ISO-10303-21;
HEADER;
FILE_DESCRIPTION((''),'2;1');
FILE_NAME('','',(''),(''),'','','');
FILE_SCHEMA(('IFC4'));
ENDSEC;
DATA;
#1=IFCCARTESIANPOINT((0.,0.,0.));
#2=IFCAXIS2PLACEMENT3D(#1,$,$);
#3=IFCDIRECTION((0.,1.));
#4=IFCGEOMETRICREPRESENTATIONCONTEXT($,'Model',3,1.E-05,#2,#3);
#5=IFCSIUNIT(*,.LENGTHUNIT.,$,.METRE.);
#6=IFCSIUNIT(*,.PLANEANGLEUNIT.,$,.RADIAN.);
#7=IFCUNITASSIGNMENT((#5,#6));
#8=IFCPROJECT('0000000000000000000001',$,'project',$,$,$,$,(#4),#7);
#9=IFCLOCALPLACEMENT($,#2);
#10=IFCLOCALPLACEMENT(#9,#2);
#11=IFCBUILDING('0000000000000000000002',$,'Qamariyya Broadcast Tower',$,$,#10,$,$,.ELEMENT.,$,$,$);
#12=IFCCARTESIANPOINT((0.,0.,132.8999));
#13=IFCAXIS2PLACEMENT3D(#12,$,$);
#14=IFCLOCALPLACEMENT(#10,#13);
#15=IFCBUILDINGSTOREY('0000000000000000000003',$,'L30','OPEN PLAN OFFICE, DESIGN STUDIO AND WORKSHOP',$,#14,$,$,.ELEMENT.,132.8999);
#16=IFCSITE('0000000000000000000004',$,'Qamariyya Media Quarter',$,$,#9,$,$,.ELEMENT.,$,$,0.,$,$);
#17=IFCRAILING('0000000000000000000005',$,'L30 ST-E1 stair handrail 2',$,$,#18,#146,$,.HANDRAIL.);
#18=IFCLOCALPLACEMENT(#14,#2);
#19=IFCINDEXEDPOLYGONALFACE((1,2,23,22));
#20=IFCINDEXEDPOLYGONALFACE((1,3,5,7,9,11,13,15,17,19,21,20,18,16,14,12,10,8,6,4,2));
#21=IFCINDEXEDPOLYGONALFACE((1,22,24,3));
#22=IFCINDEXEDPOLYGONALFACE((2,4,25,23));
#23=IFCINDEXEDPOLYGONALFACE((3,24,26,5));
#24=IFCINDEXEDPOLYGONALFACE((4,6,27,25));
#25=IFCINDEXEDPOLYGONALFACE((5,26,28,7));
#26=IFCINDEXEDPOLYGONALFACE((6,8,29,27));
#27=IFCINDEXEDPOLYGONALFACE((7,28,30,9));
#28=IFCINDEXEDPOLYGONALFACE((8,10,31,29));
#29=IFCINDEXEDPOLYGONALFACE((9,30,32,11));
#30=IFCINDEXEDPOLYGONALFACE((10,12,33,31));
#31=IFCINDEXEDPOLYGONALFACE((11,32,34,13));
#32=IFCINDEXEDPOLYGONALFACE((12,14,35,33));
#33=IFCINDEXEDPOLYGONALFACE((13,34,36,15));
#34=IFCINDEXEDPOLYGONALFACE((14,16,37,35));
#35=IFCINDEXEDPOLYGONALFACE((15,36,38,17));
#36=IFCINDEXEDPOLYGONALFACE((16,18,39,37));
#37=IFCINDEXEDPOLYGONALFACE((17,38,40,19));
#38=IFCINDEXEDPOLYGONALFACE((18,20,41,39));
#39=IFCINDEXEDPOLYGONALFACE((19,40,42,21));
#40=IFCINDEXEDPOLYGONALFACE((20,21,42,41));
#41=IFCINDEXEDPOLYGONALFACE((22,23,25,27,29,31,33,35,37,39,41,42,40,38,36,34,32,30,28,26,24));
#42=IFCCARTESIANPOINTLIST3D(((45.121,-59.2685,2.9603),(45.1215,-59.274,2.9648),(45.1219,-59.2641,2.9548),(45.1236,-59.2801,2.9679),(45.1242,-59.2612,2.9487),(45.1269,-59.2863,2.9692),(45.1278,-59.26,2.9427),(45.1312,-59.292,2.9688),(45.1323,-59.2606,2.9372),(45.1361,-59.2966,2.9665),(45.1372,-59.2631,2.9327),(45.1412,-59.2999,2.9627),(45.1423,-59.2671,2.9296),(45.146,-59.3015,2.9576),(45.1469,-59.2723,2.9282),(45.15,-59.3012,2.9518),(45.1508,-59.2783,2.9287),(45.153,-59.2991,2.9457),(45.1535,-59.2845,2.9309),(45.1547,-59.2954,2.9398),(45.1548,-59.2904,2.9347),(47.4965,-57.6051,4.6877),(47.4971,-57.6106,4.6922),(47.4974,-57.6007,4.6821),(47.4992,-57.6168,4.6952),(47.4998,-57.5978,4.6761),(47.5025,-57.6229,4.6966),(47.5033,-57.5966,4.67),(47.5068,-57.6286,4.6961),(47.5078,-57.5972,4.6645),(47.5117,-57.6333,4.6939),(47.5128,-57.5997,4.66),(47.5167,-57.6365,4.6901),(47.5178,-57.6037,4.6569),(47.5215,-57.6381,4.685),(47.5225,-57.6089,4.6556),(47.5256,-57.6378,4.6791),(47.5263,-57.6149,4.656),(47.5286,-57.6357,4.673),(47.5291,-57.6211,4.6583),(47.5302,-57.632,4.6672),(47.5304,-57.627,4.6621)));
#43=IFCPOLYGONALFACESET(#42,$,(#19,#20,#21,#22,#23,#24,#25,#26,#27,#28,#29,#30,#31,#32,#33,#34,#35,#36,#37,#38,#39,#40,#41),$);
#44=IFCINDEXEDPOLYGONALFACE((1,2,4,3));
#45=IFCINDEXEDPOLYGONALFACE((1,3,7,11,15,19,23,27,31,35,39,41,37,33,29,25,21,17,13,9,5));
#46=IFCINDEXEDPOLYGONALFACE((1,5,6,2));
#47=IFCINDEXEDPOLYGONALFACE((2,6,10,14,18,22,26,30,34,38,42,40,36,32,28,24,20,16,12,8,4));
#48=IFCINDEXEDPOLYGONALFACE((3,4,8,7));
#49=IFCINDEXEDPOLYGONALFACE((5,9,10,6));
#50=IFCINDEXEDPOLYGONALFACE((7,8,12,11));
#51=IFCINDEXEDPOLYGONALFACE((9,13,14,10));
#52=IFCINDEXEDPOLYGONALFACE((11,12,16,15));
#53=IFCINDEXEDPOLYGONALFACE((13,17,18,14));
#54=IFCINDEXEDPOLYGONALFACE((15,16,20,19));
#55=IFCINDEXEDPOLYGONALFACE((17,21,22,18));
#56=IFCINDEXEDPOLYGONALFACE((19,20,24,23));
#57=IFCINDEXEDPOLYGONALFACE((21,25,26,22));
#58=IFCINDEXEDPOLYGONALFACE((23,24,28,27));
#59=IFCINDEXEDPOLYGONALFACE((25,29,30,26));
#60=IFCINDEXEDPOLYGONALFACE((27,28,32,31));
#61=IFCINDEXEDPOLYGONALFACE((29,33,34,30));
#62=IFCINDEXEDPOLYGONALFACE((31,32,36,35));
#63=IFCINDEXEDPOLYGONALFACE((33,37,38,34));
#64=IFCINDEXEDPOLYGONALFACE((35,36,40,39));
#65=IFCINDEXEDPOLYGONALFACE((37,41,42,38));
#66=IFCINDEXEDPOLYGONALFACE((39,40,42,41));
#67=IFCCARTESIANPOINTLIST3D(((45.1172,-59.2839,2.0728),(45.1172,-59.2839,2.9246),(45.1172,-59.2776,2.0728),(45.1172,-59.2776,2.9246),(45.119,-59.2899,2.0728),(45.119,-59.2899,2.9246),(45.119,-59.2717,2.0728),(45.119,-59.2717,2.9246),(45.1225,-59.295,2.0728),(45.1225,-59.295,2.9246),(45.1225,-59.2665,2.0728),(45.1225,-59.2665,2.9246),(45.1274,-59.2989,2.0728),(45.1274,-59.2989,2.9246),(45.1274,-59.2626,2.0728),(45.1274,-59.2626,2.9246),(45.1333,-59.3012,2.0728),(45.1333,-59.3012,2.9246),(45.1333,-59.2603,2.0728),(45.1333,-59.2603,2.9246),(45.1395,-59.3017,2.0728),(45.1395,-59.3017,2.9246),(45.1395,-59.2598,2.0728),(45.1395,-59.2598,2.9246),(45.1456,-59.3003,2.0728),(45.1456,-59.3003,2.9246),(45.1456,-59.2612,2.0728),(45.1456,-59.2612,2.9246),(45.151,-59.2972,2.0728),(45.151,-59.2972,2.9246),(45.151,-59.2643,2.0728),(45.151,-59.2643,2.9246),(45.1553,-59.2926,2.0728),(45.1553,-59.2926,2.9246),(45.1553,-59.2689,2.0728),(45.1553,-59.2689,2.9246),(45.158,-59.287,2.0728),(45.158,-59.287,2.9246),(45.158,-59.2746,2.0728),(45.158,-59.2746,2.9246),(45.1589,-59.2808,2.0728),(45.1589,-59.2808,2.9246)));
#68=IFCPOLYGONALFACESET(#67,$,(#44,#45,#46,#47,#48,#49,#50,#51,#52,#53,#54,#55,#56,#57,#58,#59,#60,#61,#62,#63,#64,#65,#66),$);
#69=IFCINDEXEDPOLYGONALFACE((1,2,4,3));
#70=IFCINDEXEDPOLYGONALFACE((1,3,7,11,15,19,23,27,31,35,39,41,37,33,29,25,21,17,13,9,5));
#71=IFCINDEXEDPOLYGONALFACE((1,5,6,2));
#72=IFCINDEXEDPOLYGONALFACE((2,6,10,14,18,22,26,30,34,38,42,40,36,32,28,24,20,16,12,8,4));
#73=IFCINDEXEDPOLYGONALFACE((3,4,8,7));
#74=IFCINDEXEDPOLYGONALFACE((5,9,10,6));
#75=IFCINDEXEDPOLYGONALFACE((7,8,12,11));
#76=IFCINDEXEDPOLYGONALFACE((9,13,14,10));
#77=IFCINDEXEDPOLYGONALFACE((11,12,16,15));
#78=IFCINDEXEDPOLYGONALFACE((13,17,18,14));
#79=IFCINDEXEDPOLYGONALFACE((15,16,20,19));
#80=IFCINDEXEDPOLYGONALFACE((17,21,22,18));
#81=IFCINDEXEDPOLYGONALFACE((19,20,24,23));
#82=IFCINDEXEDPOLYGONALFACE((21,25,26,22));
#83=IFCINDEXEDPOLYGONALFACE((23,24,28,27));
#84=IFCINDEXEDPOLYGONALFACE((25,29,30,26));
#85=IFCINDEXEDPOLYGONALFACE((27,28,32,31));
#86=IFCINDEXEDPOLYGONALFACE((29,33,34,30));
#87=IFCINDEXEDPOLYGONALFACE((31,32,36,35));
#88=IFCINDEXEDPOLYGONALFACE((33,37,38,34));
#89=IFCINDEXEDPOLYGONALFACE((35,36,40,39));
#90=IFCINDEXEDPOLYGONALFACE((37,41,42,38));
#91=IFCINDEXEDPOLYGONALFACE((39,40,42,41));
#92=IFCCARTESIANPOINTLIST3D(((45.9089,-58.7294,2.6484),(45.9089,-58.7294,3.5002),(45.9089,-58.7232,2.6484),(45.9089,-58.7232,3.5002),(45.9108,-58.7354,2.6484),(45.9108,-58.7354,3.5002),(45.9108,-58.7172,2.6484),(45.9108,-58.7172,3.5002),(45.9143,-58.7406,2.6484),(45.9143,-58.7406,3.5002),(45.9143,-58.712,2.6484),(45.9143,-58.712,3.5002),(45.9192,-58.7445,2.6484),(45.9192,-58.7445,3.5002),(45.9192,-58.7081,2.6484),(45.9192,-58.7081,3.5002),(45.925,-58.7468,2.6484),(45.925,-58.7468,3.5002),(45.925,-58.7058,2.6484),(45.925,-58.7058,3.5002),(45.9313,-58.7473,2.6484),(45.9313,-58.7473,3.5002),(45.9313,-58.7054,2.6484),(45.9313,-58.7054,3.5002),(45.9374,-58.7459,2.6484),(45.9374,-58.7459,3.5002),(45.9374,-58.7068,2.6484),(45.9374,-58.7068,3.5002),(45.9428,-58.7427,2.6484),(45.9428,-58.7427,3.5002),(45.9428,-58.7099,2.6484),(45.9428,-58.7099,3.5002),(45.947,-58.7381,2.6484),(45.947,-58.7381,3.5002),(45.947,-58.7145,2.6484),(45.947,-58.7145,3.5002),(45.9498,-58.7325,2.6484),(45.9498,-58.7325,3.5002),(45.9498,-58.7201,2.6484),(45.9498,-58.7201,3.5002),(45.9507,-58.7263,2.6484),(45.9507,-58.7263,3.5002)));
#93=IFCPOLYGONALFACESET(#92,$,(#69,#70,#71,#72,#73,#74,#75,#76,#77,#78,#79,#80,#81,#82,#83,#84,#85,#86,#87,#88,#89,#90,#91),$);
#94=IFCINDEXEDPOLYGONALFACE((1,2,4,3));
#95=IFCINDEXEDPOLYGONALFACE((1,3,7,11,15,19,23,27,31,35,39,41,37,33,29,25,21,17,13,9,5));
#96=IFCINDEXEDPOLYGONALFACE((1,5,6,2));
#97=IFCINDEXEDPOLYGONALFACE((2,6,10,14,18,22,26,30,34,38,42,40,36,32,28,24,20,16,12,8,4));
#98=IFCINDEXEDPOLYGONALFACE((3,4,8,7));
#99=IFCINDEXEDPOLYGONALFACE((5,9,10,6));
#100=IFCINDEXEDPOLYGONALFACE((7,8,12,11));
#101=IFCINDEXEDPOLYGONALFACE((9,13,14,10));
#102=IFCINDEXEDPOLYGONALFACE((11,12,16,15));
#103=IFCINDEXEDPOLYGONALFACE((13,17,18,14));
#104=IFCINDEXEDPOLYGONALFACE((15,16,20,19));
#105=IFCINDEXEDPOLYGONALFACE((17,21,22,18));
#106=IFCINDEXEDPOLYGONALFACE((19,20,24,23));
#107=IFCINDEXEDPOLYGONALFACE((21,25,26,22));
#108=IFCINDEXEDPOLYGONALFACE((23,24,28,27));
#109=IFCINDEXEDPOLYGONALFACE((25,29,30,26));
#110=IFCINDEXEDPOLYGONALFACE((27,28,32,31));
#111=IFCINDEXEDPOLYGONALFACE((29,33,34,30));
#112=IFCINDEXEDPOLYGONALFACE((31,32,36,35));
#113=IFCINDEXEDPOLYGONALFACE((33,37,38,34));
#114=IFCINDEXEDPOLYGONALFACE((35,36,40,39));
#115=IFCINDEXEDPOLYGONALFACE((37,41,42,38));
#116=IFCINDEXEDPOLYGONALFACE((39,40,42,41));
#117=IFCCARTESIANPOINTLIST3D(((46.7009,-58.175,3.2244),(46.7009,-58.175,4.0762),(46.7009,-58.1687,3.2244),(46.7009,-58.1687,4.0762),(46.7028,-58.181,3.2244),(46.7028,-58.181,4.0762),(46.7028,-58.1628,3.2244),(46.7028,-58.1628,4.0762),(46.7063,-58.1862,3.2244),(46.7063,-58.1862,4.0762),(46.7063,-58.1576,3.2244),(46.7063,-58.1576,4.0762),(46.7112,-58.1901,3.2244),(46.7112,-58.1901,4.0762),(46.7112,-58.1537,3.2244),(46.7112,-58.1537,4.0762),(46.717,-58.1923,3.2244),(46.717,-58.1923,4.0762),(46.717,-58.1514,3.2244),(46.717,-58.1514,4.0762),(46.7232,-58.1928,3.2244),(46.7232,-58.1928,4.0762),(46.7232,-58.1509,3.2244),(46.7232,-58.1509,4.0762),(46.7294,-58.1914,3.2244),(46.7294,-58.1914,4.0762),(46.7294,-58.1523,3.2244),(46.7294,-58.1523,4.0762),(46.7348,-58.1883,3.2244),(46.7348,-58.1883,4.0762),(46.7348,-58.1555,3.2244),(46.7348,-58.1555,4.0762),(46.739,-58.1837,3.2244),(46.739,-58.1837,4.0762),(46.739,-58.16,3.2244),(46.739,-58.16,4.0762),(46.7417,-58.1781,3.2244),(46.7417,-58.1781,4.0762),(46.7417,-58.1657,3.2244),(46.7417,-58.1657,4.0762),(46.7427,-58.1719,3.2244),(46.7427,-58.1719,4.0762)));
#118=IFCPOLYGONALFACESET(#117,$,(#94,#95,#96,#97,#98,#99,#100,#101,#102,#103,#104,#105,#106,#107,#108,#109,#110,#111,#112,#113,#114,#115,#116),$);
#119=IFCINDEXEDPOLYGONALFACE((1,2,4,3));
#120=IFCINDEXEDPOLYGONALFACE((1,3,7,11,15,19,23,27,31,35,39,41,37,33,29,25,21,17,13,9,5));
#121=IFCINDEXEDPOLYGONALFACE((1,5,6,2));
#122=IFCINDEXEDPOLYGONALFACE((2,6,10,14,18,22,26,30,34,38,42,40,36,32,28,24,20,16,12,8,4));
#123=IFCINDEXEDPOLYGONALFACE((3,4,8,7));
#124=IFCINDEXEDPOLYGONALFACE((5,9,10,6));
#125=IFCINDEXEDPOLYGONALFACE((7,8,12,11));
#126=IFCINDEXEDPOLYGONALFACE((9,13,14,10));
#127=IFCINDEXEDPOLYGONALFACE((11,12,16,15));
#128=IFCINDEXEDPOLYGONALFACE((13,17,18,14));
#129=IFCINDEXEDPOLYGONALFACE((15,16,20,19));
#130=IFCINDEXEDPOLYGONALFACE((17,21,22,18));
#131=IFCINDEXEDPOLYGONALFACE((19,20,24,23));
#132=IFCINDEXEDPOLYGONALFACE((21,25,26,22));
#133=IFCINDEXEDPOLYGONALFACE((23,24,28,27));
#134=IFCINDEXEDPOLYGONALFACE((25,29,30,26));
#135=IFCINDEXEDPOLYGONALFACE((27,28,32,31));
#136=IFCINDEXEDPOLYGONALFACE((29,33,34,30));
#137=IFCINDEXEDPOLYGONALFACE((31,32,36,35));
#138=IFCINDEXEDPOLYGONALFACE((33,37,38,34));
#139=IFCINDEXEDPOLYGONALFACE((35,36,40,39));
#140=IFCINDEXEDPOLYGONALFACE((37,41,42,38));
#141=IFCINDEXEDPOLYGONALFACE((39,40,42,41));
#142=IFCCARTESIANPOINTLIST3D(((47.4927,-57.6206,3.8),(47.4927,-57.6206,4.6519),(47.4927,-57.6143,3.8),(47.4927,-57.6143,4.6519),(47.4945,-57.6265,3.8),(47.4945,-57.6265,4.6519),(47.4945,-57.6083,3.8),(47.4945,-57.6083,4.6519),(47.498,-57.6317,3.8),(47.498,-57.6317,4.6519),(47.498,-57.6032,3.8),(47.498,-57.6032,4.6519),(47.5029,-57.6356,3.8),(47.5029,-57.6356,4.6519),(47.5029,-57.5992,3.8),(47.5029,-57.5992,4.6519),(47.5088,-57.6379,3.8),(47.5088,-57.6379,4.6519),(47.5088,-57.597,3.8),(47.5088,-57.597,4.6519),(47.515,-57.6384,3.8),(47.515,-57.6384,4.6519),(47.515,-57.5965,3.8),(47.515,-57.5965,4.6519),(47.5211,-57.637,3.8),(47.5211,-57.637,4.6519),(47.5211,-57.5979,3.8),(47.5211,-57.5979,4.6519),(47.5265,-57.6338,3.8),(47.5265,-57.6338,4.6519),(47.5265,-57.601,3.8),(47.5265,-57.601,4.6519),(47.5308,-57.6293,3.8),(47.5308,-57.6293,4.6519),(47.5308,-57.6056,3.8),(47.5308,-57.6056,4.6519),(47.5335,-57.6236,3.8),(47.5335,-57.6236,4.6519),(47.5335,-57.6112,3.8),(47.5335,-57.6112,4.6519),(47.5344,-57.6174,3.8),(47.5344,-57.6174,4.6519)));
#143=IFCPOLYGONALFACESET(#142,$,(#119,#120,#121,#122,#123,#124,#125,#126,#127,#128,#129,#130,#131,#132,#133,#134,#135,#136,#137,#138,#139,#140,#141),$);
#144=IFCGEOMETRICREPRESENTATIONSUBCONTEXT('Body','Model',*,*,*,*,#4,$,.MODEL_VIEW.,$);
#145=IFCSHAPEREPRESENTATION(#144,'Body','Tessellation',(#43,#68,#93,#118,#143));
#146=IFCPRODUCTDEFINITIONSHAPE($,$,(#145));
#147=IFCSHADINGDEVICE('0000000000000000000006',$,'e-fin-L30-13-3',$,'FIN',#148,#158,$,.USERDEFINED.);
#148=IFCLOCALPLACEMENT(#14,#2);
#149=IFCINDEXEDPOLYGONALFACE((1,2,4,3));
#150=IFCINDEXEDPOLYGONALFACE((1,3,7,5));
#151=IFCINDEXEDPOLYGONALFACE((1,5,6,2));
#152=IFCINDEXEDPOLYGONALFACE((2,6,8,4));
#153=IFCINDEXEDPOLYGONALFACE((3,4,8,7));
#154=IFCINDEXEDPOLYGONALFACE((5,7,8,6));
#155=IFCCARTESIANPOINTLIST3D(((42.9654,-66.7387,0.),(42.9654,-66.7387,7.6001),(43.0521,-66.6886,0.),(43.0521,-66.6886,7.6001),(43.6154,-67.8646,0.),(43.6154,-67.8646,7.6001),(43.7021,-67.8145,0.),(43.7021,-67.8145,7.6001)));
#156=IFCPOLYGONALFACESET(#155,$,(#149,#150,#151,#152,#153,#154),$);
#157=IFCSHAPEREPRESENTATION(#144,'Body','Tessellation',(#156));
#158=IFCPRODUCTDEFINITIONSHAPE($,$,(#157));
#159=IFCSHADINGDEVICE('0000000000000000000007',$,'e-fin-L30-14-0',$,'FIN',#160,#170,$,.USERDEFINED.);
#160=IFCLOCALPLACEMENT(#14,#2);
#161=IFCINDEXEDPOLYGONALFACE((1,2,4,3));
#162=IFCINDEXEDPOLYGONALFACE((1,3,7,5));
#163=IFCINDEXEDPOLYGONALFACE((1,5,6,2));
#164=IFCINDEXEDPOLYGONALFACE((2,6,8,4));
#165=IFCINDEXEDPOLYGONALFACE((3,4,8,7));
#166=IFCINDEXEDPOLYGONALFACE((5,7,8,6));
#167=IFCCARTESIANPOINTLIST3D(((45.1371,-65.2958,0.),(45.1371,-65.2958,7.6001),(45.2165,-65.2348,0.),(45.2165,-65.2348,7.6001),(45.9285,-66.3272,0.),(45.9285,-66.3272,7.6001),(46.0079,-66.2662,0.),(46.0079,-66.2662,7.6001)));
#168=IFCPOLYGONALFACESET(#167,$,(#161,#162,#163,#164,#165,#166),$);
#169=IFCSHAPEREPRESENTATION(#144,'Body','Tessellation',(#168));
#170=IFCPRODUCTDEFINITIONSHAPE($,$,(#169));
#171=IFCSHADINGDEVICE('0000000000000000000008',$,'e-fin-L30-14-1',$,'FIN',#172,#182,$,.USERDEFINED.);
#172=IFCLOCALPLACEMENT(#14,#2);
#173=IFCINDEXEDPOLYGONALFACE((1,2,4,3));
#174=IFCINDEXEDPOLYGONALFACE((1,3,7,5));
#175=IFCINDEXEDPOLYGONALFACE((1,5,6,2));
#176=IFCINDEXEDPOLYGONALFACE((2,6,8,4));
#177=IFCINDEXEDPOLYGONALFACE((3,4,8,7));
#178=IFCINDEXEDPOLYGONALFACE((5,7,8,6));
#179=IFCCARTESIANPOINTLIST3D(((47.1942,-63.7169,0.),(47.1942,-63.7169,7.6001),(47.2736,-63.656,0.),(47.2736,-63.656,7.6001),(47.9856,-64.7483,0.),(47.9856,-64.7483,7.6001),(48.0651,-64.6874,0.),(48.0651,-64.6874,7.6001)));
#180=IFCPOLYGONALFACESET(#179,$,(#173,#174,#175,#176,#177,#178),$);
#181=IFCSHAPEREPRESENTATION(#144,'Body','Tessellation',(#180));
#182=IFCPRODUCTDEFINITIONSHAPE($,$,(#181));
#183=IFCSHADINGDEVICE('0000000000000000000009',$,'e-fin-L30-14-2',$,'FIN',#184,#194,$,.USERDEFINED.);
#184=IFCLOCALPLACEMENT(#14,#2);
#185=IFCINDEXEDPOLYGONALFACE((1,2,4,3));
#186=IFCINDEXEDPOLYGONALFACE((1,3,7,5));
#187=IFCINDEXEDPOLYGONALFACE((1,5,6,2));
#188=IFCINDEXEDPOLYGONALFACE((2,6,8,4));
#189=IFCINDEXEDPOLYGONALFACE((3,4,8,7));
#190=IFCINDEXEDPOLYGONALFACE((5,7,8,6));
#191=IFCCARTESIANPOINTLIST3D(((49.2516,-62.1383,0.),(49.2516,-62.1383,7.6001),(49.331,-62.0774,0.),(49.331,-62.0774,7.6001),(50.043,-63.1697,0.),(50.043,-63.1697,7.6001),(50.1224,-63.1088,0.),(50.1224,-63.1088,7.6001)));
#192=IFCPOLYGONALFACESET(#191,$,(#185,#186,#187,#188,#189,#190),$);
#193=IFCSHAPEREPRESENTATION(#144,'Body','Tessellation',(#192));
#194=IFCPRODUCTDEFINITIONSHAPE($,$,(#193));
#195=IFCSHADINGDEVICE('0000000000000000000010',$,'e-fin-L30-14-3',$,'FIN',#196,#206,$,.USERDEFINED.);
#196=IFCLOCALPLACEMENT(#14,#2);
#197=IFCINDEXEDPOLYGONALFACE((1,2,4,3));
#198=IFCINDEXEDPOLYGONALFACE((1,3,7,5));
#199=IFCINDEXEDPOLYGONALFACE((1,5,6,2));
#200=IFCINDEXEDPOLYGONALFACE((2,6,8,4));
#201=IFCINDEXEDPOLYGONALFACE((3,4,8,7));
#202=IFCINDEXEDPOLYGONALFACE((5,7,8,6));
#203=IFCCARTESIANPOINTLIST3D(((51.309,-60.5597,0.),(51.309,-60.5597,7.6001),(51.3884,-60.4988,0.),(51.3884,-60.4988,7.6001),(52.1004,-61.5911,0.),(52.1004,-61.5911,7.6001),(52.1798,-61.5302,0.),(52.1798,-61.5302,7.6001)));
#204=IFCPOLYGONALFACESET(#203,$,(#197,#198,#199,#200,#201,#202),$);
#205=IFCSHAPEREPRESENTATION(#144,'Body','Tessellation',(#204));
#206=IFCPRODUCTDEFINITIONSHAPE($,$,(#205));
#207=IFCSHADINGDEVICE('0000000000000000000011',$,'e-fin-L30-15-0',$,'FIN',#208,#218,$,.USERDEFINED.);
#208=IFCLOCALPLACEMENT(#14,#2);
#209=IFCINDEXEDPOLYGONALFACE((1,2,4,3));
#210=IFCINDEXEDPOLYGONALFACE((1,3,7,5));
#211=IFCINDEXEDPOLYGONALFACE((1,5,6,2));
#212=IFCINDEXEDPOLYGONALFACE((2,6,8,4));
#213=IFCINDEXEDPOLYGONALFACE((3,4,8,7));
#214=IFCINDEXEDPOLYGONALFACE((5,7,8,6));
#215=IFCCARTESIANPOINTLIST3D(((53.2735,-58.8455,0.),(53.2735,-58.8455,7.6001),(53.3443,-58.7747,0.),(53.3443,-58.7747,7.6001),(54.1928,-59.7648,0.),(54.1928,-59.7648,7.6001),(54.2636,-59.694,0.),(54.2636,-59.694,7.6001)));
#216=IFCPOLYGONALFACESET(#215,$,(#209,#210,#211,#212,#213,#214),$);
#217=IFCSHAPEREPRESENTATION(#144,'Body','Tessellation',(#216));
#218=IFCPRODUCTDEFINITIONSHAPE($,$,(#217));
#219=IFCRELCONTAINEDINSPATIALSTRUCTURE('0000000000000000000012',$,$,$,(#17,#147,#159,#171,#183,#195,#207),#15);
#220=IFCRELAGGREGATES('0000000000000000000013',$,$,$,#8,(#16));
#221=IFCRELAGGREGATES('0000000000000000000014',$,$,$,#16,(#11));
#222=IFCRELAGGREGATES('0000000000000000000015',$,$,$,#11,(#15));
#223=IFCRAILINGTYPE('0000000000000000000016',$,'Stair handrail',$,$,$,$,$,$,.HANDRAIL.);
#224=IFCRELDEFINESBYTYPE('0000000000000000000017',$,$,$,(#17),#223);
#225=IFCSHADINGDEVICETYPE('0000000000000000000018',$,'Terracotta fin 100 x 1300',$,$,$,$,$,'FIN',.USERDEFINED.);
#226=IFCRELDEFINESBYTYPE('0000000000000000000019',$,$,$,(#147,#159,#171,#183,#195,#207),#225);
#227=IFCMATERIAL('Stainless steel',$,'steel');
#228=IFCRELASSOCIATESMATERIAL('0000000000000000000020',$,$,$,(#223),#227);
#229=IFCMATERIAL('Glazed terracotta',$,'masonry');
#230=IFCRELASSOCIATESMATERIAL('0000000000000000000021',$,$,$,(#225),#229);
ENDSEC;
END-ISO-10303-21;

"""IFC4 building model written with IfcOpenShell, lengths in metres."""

from ifc_helpers import new_model, si_unit, direction, frame, origin, origin_2d, place, context, subcontext, project, spatial, rectangle, circle, extrude, material, material_profile, profile_set, type_object, element, save


model = new_model("IFC4")

# Units and contexts
model_context = context("Model", 3, precision=1e-05, world=origin(), true_north=direction((0.0, 1.0)))
body_context = subcontext(model_context, "Body", "Model", "MODEL_VIEW")
ifc_project = project(units=[si_unit("LENGTHUNIT", "METRE"), si_unit("PLANEANGLEUNIT", "RADIAN")], contexts=[model_context])

# Site, building, storey
site_placement = place(None, origin())
site = spatial("IfcSite", under=ifc_project, at=site_placement, Name="Qamariyya Media Quarter", CompositionType="ELEMENT", RefElevation=0.0)
building_placement = place(site_placement, origin())
building = spatial("IfcBuilding", under=site, at=building_placement, Name="Qamariyya Broadcast Tower", CompositionType="ELEMENT")
storey_placement = place(building_placement, frame((0.0, 0.0, 132.8999)))
storey = spatial("IfcBuildingStorey", under=building, at=storey_placement, Name="L30", Description="OPEN PLAN OFFICE, DESIGN STUDIO AND WORKSHOP", CompositionType="ELEMENT", Elevation=132.8999)

# Railing
ifc_material_1 = material(Name="Stainless steel", Category="steel")
railing_type_1 = type_object("IfcRailingType", Name="Stair handrail", PredefinedType="HANDRAIL", material=ifc_material_1)
railing_1_placement = place(storey_placement, frame((45.1379, -59.2808, 2.0728)))
element("IfcRailing", 1, at=railing_1_placement, inside=storey, type_object=railing_type_1, Name="L30 ST-E1 stair handrail 2", PredefinedType="HANDRAIL", context=body_context, shape_type="SweptSolid", body=[
    extrude(circle(Radius=0.0239, at=origin_2d()), frame((0.0, 0.0, 0.876), z_axis=(0.70377, 0.492784, 0.511734), x_axis=(-0.573575, 0.819153, 0.0)), (0.0, 0.0, 1.0), 3.3755),
    extrude(circle(Radius=0.021, at=origin_2d()), origin(), (0.0, 0.0, 1.0), 0.8518),
    extrude(circle(Radius=0.021, at=origin_2d()), frame((0.7917, 0.5544, 0.5757)), (0.0, 0.0, 1.0), 0.8518),
    extrude(circle(Radius=0.021, at=origin_2d()), frame((1.5837, 1.1089, 1.1516)), (0.0, 0.0, 1.0), 0.8518),
    extrude(circle(Radius=0.021, at=origin_2d()), frame((2.3755, 1.6633, 1.7273)), (0.0, 0.0, 1.0), 0.8518),
])

# Shading devices
ifc_material_2 = material(Name="Glazed terracotta", Category="masonry")
ifc_material_profile_1 = material_profile(ifc_material_2, rectangle(XDim=1.3, YDim=0.1001, at=origin_2d()))
ifc_profile_set_1 = profile_set([ifc_material_profile_1], Name="Glazed terracotta")
shading_device_type_1 = type_object("IfcShadingDeviceType", Name="Terracotta fin 100 x 1300", ElementType="FIN", PredefinedType="USERDEFINED", material=ifc_profile_set_1)
for number, where, z_axis, x_axis, name in (
    (2, (43.3337, -67.2766, 0.0), (0.0, 0.0, 1.0), (0.5, -0.866025, 0.0), "e-fin-L30-13-3"),
    (3, (45.5725, -65.781, 0.0), (0.0, 0.0, 1.0), (0.608761, -0.793353, 0.0), "e-fin-L30-14-0"),
    (4, (47.6296, -64.2021, 0.0), (0.0, 0.0, 1.0), (0.608761, -0.793353, 0.0), "e-fin-L30-14-1"),
    (5, (49.687, -62.6235, 0.0), (0.0, 0.0, 1.0), (0.608761, -0.793353, 0.0), "e-fin-L30-14-2"),
    (6, (51.7444, -61.0449, 0.0), (0.0, 0.0, 1.0), (0.608761, -0.793353, 0.0), "e-fin-L30-14-3"),
    (7, (53.7686, -59.2698, 0.0), (0.0, 0.0, 1.0), (0.707107, -0.707107, 0.0), "e-fin-L30-15-0"),
):
    element("IfcShadingDevice", number, at=place(storey_placement, frame(where, z_axis=z_axis, x_axis=x_axis)), inside=storey, type_object=shading_device_type_1, Name=name, ObjectType="FIN", PredefinedType="USERDEFINED", context=body_context, shape_type="SweptSolid", body=[
        extrude(rectangle(XDim=1.3, YDim=0.1001, at=origin_2d()), origin(), (0.0, 0.0, 1.0), 7.6001),
    ])

save(model, "model.ifc")
